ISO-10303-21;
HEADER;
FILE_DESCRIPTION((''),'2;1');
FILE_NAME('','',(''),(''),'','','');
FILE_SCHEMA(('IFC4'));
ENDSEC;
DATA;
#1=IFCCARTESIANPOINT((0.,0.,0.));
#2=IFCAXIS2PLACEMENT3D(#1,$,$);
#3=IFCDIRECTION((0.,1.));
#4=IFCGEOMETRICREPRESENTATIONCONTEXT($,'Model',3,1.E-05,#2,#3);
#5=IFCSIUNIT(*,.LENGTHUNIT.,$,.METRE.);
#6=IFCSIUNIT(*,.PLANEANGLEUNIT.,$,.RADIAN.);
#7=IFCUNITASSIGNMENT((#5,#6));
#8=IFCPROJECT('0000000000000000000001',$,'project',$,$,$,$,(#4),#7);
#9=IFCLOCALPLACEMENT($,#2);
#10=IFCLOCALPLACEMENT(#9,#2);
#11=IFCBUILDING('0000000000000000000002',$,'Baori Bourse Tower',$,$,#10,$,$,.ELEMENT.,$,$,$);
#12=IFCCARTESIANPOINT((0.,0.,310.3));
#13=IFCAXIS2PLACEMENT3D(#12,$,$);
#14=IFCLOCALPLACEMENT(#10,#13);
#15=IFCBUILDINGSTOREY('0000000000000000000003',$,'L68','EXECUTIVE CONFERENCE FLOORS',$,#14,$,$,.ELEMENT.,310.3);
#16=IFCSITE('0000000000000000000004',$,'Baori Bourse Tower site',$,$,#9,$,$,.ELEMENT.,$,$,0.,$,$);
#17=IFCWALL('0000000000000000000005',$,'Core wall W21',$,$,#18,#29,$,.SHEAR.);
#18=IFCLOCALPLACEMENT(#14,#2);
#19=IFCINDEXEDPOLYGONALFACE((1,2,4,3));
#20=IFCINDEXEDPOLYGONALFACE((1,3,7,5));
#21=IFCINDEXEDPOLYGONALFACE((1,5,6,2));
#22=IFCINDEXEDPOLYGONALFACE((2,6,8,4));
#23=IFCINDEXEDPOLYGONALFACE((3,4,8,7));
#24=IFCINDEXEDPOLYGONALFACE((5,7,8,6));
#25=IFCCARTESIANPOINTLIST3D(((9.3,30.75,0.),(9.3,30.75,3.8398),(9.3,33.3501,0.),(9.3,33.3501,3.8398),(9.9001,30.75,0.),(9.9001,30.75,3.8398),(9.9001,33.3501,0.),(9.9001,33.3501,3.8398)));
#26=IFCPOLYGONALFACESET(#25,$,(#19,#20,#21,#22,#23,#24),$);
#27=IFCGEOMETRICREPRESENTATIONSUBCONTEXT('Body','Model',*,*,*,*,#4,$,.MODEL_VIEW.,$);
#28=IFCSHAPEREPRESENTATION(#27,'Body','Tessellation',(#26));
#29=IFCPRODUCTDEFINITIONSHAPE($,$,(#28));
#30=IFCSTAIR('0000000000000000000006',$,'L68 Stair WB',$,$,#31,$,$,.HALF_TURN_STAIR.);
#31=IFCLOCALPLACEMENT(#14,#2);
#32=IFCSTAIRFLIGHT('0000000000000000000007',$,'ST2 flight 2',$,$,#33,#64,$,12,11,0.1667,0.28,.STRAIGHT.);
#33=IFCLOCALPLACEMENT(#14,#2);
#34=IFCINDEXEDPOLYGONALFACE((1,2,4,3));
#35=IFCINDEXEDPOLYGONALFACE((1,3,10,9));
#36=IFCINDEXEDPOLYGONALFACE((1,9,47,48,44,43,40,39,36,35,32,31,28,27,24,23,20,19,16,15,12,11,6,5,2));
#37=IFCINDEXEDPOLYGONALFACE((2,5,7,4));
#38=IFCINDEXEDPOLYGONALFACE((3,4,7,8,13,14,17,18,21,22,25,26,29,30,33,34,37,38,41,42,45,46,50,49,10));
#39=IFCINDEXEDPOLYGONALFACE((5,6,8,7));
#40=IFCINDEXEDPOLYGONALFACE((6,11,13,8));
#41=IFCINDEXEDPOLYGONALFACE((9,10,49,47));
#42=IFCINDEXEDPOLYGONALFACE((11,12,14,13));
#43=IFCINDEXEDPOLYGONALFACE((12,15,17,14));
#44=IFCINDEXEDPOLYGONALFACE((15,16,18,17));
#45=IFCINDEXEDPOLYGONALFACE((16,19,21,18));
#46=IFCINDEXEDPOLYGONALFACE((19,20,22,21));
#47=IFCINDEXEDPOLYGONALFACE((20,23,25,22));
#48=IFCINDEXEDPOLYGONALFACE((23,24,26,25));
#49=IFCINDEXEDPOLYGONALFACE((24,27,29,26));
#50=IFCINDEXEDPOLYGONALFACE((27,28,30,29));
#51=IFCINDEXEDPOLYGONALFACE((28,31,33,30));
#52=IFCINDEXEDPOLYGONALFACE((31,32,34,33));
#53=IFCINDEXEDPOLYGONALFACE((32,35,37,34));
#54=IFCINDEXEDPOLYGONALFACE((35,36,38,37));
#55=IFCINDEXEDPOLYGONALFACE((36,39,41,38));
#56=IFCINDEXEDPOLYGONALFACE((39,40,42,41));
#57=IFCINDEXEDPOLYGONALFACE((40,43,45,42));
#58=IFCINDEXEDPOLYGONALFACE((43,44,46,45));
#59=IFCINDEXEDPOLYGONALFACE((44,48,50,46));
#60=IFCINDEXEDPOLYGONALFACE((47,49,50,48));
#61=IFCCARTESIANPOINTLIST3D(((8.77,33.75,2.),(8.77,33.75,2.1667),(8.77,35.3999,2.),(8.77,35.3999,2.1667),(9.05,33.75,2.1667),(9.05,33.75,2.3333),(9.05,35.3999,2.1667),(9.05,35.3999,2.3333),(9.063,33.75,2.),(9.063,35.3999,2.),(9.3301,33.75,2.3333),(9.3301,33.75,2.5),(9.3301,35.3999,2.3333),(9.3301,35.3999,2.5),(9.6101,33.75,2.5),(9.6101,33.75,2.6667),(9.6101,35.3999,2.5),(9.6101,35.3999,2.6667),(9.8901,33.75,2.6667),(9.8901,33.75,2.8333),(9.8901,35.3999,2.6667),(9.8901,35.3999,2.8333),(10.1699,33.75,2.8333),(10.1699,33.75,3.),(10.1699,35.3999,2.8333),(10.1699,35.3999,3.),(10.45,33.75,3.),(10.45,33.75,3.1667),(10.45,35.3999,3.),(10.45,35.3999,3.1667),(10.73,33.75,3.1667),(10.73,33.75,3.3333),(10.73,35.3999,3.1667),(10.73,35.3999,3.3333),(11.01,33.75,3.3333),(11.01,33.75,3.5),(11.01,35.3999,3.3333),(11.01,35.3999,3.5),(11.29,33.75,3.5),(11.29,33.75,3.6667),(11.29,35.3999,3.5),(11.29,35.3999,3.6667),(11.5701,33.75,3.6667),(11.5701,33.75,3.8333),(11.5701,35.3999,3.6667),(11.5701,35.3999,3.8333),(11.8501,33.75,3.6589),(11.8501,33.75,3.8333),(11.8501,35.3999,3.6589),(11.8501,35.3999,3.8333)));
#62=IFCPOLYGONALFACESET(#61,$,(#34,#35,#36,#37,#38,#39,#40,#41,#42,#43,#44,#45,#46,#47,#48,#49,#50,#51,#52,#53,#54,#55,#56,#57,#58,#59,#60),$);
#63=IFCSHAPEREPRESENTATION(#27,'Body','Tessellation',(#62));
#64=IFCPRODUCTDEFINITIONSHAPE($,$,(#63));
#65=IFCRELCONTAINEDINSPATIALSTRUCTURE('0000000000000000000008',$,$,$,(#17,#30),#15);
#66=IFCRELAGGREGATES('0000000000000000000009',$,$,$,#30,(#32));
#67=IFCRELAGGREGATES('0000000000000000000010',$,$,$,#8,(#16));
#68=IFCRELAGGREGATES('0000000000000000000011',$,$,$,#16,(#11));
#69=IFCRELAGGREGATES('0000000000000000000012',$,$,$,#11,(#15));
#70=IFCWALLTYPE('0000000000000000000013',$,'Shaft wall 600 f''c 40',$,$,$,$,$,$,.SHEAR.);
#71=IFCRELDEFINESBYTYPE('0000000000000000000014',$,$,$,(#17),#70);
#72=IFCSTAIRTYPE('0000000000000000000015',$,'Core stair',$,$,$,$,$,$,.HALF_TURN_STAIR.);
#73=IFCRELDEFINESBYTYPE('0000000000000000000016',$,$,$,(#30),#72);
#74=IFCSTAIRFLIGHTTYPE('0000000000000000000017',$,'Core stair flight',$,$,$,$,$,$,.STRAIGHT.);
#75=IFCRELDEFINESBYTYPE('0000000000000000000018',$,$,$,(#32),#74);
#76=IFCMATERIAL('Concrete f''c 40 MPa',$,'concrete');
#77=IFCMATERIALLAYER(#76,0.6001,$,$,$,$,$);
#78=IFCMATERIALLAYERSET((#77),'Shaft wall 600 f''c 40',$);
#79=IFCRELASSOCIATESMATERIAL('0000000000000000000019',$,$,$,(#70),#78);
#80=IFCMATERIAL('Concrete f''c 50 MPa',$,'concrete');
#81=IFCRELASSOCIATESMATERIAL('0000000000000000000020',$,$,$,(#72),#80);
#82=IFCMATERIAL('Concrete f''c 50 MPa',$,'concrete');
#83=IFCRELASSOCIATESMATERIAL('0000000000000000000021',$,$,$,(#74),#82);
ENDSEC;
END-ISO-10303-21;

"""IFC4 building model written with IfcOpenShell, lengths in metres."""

from ifc_helpers import new_model, si_unit, direction, frame, frame_2d, origin, place, context, subcontext, project, spatial, polyline, rectangle, outline, extrude, material, layer, layer_set, type_object, element, aggregate, save


model = new_model("IFC4")

# Units and contexts
model_context = context("Model", 3, precision=1e-05, world=origin(), true_north=direction((0.0, 1.0)))
body_context = subcontext(model_context, "Body", "Model", "MODEL_VIEW")
ifc_project = project(units=[si_unit("LENGTHUNIT", "METRE"), si_unit("PLANEANGLEUNIT", "RADIAN")], contexts=[model_context])

# Site, building, storey
site_placement = place(None, origin())
site = spatial("IfcSite", under=ifc_project, at=site_placement, Name="Baori Bourse Tower site", CompositionType="ELEMENT", RefElevation=0.0)
building_placement = place(site_placement, origin())
building = spatial("IfcBuilding", under=site, at=building_placement, Name="Baori Bourse Tower", CompositionType="ELEMENT")
storey_placement = place(building_placement, frame((0.0, 0.0, 310.3)))
storey = spatial("IfcBuildingStorey", under=building, at=storey_placement, Name="L68", Description="EXECUTIVE CONFERENCE FLOORS", CompositionType="ELEMENT", Elevation=310.3)

# Wall
ifc_material_1 = material(Name="Concrete f'c 40 MPa", Category="concrete")
ifc_layer_1 = layer(ifc_material_1, 0.6001)
ifc_layer_set_1 = layer_set([ifc_layer_1], Name="Shaft wall 600 f'c 40")
wall_type_1 = type_object("IfcWallType", Name="Shaft wall 600 f'c 40", PredefinedType="SHEAR", material=ifc_layer_set_1)
for number, where, z_axis, x_axis, name in (
    (1, (9.6001, 30.75, 0.0), (0.0, 0.0, 1.0), (0.0, 1.0, 0.0), "Core wall W21"),
):
    element("IfcWall", number, at=place(storey_placement, frame(where, z_axis=z_axis, x_axis=x_axis)), inside=storey, type_object=wall_type_1, Name=name, PredefinedType="SHEAR", context=body_context, shape_type="SweptSolid", body=[
        extrude(rectangle(XDim=2.6001, YDim=0.6001, at=frame_2d((1.3, 0.0))), origin(), (0.0, 0.0, 1.0), 3.8398),
    ])

# Stair, stair flight
ifc_material_2 = material(Name="Concrete f'c 50 MPa", Category="concrete")
stair_type = type_object("IfcStairType", Name="Core stair", PredefinedType="HALF_TURN_STAIR", material=ifc_material_2)
stair_placement = place(storey_placement, origin())
stair = element("IfcStair", 2, at=stair_placement, inside=storey, type_object=stair_type, Name="L68 Stair WB", PredefinedType="HALF_TURN_STAIR")
ifc_material_3 = material(Name="Concrete f'c 50 MPa", Category="concrete")
stair_flight_type = type_object("IfcStairFlightType", Name="Core stair flight", PredefinedType="STRAIGHT", material=ifc_material_3)
stair_flight_placement = place(storey_placement, frame((8.77, 34.575, 2.0), z_axis=(0.0, 0.0, 1.0), x_axis=(1.0, 0.0, 0.0)))
stair_flight = element("IfcStairFlight", 3, at=stair_flight_placement, type_object=stair_flight_type, Name="ST2 flight 2", NumberOfRisers=12, NumberOfTreads=11, PredefinedType="STRAIGHT", RiserHeight=0.1667, TreadLength=0.28, context=body_context, shape_type="SweptSolid", body=[
    extrude(outline(polyline([(0.0, 0.0), (0.0, 0.1667), (0.28, 0.1667), (0.28, 0.3333), (0.5601, 0.3333), (0.5601, 0.5), (0.8401, 0.5), (0.8401, 0.6667), (1.1201, 0.6667), (1.1201, 0.8333), (1.3999, 0.8333), (1.3999, 1.0), (1.6799, 1.0), (1.6799, 1.1667), (1.96, 1.1667), (1.96, 1.3333), (2.24, 1.3333), (2.24, 1.5), (2.52, 1.5), (2.52, 1.6667), (2.8, 1.6667), (2.8, 1.8333), (3.0801, 1.8333), (3.0801, 2.0), (3.0801, 1.6589), (0.293, 0.0), (0.0, 0.0)])), frame((0.0, 0.825, 0.0), z_axis=(0.0, -1.0, 0.0), x_axis=(1.0, 0.0, 0.0)), (0.0, 0.0, 1.0), 1.6499),
])
aggregate(stair, [stair_flight])

save(model, "model.ifc")
